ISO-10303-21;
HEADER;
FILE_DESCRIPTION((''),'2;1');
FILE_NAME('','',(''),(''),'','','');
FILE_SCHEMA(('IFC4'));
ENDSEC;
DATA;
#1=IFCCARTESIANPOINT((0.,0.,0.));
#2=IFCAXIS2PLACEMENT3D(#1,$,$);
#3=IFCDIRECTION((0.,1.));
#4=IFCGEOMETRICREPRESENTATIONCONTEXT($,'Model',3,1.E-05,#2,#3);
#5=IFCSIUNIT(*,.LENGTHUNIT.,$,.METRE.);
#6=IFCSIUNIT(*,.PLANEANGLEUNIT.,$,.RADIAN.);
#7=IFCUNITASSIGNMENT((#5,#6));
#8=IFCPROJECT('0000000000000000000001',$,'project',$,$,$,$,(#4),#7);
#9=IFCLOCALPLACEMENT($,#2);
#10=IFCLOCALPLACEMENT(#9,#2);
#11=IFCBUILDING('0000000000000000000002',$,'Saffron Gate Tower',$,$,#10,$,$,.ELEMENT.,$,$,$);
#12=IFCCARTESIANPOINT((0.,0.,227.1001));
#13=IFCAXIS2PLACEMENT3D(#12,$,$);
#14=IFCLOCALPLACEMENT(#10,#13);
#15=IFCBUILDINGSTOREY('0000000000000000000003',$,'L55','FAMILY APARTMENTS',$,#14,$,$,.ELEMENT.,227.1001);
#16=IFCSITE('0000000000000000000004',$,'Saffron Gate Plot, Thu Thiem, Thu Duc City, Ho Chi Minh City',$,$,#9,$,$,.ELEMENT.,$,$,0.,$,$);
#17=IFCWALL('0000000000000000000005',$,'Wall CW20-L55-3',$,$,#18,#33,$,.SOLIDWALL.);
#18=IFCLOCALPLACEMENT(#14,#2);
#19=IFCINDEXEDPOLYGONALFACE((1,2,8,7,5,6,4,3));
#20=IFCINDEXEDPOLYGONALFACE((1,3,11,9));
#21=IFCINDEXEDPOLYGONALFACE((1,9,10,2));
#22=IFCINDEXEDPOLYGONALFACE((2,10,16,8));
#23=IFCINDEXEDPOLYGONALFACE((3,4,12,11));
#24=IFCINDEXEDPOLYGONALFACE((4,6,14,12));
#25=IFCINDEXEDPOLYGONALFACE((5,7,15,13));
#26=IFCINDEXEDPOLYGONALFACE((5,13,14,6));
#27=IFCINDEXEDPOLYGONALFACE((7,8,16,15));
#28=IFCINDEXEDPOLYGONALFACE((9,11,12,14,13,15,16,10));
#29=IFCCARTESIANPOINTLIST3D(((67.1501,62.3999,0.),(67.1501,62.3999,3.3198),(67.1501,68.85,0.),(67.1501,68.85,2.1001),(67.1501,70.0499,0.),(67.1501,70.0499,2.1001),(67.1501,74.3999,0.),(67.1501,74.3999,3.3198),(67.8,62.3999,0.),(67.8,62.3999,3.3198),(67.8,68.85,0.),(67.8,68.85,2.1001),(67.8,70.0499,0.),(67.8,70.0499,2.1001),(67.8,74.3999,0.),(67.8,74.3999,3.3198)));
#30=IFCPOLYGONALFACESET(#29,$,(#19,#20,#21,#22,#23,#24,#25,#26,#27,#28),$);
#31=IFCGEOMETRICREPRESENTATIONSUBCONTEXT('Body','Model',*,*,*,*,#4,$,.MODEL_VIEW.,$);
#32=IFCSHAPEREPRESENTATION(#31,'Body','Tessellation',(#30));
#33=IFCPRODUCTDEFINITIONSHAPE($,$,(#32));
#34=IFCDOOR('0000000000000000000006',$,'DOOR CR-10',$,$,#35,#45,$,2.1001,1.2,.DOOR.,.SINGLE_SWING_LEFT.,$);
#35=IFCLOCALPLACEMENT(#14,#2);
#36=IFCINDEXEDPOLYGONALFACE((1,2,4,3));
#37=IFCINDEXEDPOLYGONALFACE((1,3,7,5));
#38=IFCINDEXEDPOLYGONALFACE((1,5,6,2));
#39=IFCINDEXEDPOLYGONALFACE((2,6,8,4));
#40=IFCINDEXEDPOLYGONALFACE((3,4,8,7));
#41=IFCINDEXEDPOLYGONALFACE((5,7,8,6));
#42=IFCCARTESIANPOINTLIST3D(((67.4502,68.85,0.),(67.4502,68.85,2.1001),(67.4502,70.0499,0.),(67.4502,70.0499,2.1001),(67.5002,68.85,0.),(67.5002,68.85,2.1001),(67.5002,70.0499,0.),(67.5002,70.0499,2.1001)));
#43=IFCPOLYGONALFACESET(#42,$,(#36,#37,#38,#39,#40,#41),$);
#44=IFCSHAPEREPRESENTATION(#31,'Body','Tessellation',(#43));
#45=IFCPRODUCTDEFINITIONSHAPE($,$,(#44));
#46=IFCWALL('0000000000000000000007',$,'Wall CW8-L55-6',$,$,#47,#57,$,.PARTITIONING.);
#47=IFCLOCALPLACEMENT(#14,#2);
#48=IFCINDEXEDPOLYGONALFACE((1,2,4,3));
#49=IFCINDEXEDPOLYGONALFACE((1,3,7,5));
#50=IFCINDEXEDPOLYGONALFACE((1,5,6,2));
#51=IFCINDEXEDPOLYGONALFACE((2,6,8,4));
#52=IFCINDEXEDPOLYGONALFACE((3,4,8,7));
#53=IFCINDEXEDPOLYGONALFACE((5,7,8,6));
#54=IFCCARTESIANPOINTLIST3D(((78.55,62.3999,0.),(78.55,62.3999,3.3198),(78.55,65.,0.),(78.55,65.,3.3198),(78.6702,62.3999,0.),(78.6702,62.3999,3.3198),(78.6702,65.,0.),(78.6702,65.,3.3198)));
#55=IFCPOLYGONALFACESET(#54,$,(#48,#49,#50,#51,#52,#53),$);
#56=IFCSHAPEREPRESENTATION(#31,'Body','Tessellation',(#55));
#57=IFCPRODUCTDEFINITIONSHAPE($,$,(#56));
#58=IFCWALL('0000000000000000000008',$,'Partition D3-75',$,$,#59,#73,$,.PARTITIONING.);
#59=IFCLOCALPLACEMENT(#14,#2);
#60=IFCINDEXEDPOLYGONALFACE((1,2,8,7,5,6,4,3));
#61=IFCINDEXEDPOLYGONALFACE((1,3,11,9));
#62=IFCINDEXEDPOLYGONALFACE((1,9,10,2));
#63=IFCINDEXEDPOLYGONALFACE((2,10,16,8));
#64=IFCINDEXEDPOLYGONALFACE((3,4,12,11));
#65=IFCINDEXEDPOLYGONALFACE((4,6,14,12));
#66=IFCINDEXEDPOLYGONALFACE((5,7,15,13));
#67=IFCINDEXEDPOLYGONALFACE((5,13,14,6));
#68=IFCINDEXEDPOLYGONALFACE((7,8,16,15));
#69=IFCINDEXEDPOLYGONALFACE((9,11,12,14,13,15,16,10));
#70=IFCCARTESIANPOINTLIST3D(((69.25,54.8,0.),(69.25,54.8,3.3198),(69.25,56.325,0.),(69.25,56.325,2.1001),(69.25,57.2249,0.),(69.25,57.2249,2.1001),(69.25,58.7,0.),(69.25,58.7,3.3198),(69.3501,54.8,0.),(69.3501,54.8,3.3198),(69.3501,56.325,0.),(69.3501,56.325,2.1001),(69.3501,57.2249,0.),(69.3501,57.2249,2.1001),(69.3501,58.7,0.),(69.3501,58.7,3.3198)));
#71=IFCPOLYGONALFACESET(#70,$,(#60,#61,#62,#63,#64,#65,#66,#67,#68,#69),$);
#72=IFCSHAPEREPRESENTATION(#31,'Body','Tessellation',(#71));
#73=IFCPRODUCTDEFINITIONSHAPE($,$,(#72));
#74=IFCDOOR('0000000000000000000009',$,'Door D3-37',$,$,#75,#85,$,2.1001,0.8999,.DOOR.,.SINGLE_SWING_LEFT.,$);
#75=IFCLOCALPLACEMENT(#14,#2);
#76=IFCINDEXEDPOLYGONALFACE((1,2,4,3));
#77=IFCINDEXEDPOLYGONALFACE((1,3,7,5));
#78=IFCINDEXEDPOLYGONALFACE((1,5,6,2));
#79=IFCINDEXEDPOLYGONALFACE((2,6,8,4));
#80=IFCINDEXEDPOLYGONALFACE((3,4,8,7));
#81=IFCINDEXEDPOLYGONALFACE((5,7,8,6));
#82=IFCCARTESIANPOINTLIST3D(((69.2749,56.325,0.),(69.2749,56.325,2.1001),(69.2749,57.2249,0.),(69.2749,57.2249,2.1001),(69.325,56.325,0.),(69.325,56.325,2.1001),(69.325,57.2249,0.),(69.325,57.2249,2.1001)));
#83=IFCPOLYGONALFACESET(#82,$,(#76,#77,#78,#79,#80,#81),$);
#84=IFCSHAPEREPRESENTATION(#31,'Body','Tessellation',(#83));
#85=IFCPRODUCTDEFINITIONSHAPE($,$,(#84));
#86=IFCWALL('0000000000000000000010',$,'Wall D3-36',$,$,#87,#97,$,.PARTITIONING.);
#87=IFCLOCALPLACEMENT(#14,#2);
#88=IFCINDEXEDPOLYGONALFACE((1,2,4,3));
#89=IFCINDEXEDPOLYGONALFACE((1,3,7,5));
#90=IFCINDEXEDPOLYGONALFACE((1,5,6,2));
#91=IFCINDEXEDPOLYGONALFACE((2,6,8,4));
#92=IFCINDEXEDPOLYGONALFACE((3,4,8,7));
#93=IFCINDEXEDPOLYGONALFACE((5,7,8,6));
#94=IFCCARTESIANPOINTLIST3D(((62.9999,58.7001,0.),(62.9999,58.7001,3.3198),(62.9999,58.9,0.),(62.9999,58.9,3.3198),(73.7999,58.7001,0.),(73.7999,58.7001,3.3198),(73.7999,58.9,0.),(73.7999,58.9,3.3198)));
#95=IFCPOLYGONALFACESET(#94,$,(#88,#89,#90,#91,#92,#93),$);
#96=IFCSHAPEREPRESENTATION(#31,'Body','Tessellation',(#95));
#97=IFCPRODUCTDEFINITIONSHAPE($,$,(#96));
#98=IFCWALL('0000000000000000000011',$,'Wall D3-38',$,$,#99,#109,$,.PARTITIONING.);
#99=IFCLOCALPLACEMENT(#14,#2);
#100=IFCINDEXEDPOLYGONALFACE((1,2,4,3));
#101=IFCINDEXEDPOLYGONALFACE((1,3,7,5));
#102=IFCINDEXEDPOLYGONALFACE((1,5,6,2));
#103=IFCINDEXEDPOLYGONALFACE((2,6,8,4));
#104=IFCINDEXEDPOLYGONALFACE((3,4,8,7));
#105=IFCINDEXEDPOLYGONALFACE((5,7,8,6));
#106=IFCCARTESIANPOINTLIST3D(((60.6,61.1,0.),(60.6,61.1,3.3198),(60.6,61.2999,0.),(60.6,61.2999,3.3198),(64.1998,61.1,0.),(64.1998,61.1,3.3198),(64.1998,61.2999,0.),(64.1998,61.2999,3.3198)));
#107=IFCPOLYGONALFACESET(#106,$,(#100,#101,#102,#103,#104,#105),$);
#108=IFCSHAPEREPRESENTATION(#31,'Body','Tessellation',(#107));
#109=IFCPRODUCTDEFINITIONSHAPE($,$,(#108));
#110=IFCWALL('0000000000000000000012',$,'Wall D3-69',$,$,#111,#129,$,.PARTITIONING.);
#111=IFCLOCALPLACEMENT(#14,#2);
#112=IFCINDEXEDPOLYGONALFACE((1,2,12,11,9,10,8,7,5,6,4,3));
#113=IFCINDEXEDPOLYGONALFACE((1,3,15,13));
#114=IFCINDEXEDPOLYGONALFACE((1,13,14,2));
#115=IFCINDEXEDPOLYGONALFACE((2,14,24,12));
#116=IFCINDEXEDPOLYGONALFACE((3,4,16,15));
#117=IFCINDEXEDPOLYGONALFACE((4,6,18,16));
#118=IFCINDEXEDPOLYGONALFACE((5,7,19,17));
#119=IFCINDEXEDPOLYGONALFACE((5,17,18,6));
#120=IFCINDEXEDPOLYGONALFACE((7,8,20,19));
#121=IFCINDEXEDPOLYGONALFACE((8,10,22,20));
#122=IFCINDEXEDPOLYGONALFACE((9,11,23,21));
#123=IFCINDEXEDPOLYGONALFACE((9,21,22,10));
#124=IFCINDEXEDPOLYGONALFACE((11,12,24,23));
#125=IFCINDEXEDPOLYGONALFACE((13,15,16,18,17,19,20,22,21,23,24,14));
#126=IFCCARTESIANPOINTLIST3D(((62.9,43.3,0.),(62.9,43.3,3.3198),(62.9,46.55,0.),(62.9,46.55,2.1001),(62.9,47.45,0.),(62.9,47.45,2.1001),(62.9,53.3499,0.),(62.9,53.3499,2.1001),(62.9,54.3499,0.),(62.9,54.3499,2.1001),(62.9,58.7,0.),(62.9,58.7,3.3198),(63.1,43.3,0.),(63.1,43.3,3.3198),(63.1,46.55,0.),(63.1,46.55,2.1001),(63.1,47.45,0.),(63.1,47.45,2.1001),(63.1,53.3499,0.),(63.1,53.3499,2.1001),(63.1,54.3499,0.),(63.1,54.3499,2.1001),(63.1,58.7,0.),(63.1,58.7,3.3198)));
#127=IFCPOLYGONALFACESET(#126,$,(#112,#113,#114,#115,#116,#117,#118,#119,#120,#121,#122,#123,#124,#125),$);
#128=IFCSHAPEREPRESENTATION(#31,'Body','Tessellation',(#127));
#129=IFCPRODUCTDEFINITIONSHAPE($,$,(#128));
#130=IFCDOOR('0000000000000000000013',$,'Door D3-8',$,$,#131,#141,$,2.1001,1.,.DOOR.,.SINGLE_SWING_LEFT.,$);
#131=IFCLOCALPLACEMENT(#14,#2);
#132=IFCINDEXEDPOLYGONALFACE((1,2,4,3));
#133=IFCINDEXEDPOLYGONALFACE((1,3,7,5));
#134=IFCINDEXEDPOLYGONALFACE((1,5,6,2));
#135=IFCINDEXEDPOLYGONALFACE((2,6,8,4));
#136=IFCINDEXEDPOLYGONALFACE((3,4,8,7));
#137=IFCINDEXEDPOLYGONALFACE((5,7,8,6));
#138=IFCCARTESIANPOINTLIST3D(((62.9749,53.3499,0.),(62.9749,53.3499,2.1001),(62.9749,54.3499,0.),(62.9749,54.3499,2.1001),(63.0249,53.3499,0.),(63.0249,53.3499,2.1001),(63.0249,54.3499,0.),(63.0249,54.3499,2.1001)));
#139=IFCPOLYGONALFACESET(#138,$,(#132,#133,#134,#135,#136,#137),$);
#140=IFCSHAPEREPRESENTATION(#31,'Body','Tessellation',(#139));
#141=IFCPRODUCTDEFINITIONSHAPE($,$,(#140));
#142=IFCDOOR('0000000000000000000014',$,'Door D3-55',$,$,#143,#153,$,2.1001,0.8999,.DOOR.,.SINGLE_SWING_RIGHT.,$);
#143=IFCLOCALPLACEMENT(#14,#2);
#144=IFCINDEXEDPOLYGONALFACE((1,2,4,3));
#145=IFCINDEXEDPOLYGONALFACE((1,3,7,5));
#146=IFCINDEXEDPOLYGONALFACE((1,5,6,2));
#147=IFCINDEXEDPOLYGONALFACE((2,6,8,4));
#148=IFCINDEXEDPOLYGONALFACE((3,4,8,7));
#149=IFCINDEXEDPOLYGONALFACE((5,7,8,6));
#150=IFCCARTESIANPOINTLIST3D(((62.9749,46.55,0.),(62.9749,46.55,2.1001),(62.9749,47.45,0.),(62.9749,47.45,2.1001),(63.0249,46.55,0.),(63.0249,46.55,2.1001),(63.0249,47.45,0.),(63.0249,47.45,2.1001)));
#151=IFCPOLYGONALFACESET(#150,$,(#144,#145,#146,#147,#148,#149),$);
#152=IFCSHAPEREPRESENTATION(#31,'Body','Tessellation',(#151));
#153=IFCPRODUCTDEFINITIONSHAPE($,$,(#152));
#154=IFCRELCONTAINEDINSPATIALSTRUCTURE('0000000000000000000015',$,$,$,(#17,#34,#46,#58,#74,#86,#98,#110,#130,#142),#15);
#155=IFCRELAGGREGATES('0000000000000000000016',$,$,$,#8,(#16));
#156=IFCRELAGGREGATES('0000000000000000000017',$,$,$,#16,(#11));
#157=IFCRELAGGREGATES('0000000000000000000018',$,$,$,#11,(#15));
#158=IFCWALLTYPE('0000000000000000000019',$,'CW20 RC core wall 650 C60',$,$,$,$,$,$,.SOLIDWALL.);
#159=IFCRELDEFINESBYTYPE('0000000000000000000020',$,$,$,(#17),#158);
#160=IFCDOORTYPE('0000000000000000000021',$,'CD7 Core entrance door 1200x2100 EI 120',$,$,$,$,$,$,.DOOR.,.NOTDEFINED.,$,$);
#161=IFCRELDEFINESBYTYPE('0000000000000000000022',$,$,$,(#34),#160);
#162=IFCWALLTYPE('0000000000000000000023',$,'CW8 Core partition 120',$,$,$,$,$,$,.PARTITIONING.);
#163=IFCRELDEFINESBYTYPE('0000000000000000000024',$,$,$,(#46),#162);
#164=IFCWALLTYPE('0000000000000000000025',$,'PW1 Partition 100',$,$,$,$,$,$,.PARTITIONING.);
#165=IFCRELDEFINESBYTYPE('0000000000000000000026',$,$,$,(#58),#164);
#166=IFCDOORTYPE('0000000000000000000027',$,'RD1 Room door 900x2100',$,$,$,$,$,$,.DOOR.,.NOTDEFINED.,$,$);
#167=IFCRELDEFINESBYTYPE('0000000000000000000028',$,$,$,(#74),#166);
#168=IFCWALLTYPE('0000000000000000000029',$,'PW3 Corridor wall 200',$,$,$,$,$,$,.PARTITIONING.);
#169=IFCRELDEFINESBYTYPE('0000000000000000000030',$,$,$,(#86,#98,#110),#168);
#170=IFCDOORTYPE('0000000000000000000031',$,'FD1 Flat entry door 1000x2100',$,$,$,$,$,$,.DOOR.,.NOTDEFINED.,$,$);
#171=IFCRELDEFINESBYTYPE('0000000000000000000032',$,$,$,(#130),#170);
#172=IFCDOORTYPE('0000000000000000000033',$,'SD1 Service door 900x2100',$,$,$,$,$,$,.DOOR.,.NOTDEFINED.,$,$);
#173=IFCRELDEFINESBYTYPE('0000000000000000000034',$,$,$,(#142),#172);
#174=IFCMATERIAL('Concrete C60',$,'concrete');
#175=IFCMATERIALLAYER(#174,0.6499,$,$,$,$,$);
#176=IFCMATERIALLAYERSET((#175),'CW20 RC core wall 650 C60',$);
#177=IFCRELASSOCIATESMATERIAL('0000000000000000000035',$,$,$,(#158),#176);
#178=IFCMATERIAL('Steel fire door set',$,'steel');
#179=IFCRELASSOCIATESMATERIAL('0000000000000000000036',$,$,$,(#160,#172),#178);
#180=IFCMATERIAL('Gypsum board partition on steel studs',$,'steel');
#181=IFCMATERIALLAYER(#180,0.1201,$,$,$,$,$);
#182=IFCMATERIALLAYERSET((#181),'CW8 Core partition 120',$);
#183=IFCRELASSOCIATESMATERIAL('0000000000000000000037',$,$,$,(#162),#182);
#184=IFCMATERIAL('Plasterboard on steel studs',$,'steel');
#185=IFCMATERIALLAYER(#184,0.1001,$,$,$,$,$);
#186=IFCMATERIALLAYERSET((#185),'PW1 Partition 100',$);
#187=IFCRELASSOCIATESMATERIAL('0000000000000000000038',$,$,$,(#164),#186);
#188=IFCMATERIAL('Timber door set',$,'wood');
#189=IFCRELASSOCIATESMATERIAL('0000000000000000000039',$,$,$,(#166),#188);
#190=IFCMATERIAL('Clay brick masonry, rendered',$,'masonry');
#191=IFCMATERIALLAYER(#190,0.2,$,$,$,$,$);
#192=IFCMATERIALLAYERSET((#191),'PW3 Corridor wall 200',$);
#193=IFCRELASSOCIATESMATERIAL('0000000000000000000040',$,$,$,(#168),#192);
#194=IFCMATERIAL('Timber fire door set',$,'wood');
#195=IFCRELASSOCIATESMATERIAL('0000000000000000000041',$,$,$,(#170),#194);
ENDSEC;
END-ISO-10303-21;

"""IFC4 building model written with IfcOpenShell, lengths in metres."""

from ifc_helpers import new_model, si_unit, direction, frame, frame_2d, origin, place, context, subcontext, project, spatial, rectangle, extrude, material, layer, layer_set, type_object, element, fill, save


model = new_model("IFC4")

# Units and contexts
model_context = context("Model", 3, precision=1e-05, world=origin(), true_north=direction((0.0, 1.0)))
body_context = subcontext(model_context, "Body", "Model", "MODEL_VIEW")
ifc_project = project(units=[si_unit("LENGTHUNIT", "METRE"), si_unit("PLANEANGLEUNIT", "RADIAN")], contexts=[model_context])

# Site, building, storey
site_placement = place(None, origin())
site = spatial("IfcSite", under=ifc_project, at=site_placement, Name="Saffron Gate Plot, Thu Thiem, Thu Duc City, Ho Chi Minh City", CompositionType="ELEMENT", RefElevation=0.0)
building_placement = place(site_placement, origin())
building = spatial("IfcBuilding", under=site, at=building_placement, Name="Saffron Gate Tower", CompositionType="ELEMENT")
storey_placement = place(building_placement, frame((0.0, 0.0, 227.1001)))
storey = spatial("IfcBuildingStorey", under=building, at=storey_placement, Name="L55", Description="FAMILY APARTMENTS", CompositionType="ELEMENT", Elevation=227.1001)

# Shared definitions
ifc_material_1 = material(Name="Concrete C60", Category="concrete")

# Shared definitions
ifc_material_2 = material(Name="Steel fire door set", Category="steel")

# Wall, opening, door
ifc_layer_1 = layer(ifc_material_1, 0.6499)
ifc_layer_set_1 = layer_set([ifc_layer_1], Name="CW20 RC core wall 650 C60")
wall_type_1 = type_object("IfcWallType", Name="CW20 RC core wall 650 C60", PredefinedType="SOLIDWALL", material=ifc_layer_set_1)
wall_1_placement = place(storey_placement, frame((67.4751, 62.3999, 0.0), z_axis=(0.0, 0.0, 1.0), x_axis=(0.0, 1.0, 0.0)))
wall_1 = element("IfcWall", 1, at=wall_1_placement, inside=storey, type_object=wall_type_1, Name="Wall CW20-L55-3", PredefinedType="SOLIDWALL", context=body_context, shape_type="SweptSolid", body=[
    extrude(rectangle(XDim=12.0, YDim=0.6499, at=frame_2d((6.0, 0.0))), origin(), (0.0, 0.0, 1.0), 3.3198),
])
opening_1_placement = place(wall_1_placement, frame((6.45, 0.0, 0.0)))
opening_1 = element("IfcOpeningElement", 2, at=opening_1_placement, cuts=wall_1, PredefinedType="OPENING", context=body_context, shape_type="SweptSolid", body=[
    extrude(rectangle(XDim=1.2, YDim=2.1001, at=frame_2d((0.6001, 1.05))), frame((0.0, 0.335, 0.0), z_axis=(0.0, -1.0, 0.0), x_axis=(1.0, 0.0, 0.0)), (0.0, 0.0, 1.0), 0.6699),
])
door_type_1 = type_object("IfcDoorType", Name="CD7 Core entrance door 1200x2100 EI 120", OperationType="NOTDEFINED", PredefinedType="DOOR", material=ifc_material_2)
door_1_placement = place(opening_1_placement, origin())
door_1 = element("IfcDoor", 3, at=door_1_placement, inside=storey, type_object=door_type_1, Name="DOOR CR-10", OperationType="SINGLE_SWING_LEFT", OverallHeight=2.1001, OverallWidth=1.2, PredefinedType="DOOR", context=body_context, shape_type="SweptSolid", body=[
    extrude(rectangle(XDim=1.2, YDim=2.1001, at=frame_2d((0.6001, 1.05))), frame((0.0, 0.0249, 0.0), z_axis=(0.0, -1.0, 0.0), x_axis=(1.0, 0.0, 0.0)), (0.0, 0.0, 1.0), 0.05),
])
fill(opening_1, door_1)

# Wall
ifc_material_3 = material(Name="Gypsum board partition on steel studs", Category="steel")
ifc_layer_2 = layer(ifc_material_3, 0.1201)
ifc_layer_set_2 = layer_set([ifc_layer_2], Name="CW8 Core partition 120")
wall_type_2 = type_object("IfcWallType", Name="CW8 Core partition 120", PredefinedType="PARTITIONING", material=ifc_layer_set_2)
wall_2_placement = place(storey_placement, frame((78.6101, 62.3999, 0.0), z_axis=(0.0, 0.0, 1.0), x_axis=(0.0, 1.0, 0.0)))
element("IfcWall", 4, at=wall_2_placement, inside=storey, type_object=wall_type_2, Name="Wall CW8-L55-6", PredefinedType="PARTITIONING", context=body_context, shape_type="SweptSolid", body=[
    extrude(rectangle(XDim=2.6001, YDim=0.1201, at=frame_2d((1.3, 0.0))), origin(), (0.0, 0.0, 1.0), 3.3198),
])

# Wall, opening, door
ifc_material_4 = material(Name="Plasterboard on steel studs", Category="steel")
ifc_layer_3 = layer(ifc_material_4, 0.1001)
ifc_layer_set_3 = layer_set([ifc_layer_3], Name="PW1 Partition 100")
wall_type_3 = type_object("IfcWallType", Name="PW1 Partition 100", PredefinedType="PARTITIONING", material=ifc_layer_set_3)
wall_3_placement = place(storey_placement, frame((69.3, 58.7, 0.0), z_axis=(0.0, 0.0, 1.0), x_axis=(0.0, -1.0, 0.0)))
wall_3 = element("IfcWall", 5, at=wall_3_placement, inside=storey, type_object=wall_type_3, Name="Partition D3-75", PredefinedType="PARTITIONING", context=body_context, shape_type="SweptSolid", body=[
    extrude(rectangle(XDim=3.8999, YDim=0.1001, at=frame_2d((1.95, 0.0))), origin(), (0.0, 0.0, 1.0), 3.3198),
])
opening_2_placement = place(wall_3_placement, frame((1.4751, 0.0, 0.0)))
opening_2 = element("IfcOpeningElement", 6, at=opening_2_placement, cuts=wall_3, PredefinedType="OPENING", context=body_context, shape_type="SweptSolid", body=[
    extrude(rectangle(XDim=0.8999, YDim=2.1001, at=frame_2d((0.45, 1.05))), frame((0.0, 0.0601, 0.0), z_axis=(0.0, -1.0, 0.0), x_axis=(1.0, 0.0, 0.0)), (0.0, 0.0, 1.0), 0.1201),
])
ifc_material_5 = material(Name="Timber door set", Category="wood")
door_type_2 = type_object("IfcDoorType", Name="RD1 Room door 900x2100", OperationType="NOTDEFINED", PredefinedType="DOOR", material=ifc_material_5)
door_2_placement = place(opening_2_placement, origin())
door_2 = element("IfcDoor", 7, at=door_2_placement, inside=storey, type_object=door_type_2, Name="Door D3-37", OperationType="SINGLE_SWING_LEFT", OverallHeight=2.1001, OverallWidth=0.8999, PredefinedType="DOOR", context=body_context, shape_type="SweptSolid", body=[
    extrude(rectangle(XDim=0.8999, YDim=2.1001, at=frame_2d((0.45, 1.05))), frame((0.0, 0.0249, 0.0), z_axis=(0.0, -1.0, 0.0), x_axis=(1.0, 0.0, 0.0)), (0.0, 0.0, 1.0), 0.05),
])
fill(opening_2, door_2)

# Walls
ifc_material_6 = material(Name="Clay brick masonry, rendered", Category="masonry")
ifc_layer_4 = layer(ifc_material_6, 0.2)
ifc_layer_set_4 = layer_set([ifc_layer_4], Name="PW3 Corridor wall 200")
wall_type_4 = type_object("IfcWallType", Name="PW3 Corridor wall 200", PredefinedType="PARTITIONING", material=ifc_layer_set_4)
wall_4_placement = place(storey_placement, frame((63.0, 58.8, 0.0), z_axis=(0.0, 0.0, 1.0), x_axis=(1.0, 0.0, 0.0)))
element("IfcWall", 8, at=wall_4_placement, inside=storey, type_object=wall_type_4, Name="Wall D3-36", PredefinedType="PARTITIONING", context=body_context, shape_type="SweptSolid", body=[
    extrude(rectangle(XDim=10.8, YDim=0.2, at=frame_2d((5.3999, 0.0))), origin(), (0.0, 0.0, 1.0), 3.3198),
])
wall_5_placement = place(storey_placement, frame((60.6001, 61.2, 0.0), z_axis=(0.0, 0.0, 1.0), x_axis=(1.0, 0.0, 0.0)))
element("IfcWall", 9, at=wall_5_placement, inside=storey, type_object=wall_type_4, Name="Wall D3-38", PredefinedType="PARTITIONING", context=body_context, shape_type="SweptSolid", body=[
    extrude(rectangle(XDim=3.5999, YDim=0.2, at=frame_2d((1.7998, 0.0))), origin(), (0.0, 0.0, 1.0), 3.3198),
])

# Wall, openings, doors
wall_6_placement = place(storey_placement, frame((63.0, 58.7, 0.0), z_axis=(0.0, 0.0, 1.0), x_axis=(0.0, -1.0, 0.0)))
wall_6 = element("IfcWall", 10, at=wall_6_placement, inside=storey, type_object=wall_type_4, Name="Wall D3-69", PredefinedType="PARTITIONING", context=body_context, shape_type="SweptSolid", body=[
    extrude(rectangle(XDim=15.3999, YDim=0.2, at=frame_2d((7.7, 0.0))), origin(), (0.0, 0.0, 1.0), 3.3198),
])
opening_3_placement = place(wall_6_placement, frame((4.3501, 0.0, 0.0)))
opening_3 = element("IfcOpeningElement", 11, at=opening_3_placement, cuts=wall_6, PredefinedType="OPENING", context=body_context, shape_type="SweptSolid", body=[
    extrude(rectangle(XDim=1.0, YDim=2.1001, at=frame_2d((0.5, 1.05))), frame((0.0, 0.1099, 0.0), z_axis=(0.0, -1.0, 0.0), x_axis=(1.0, 0.0, 0.0)), (0.0, 0.0, 1.0), 0.22),
])
opening_4_placement = place(wall_6_placement, frame((11.25, 0.0, 0.0)))
opening_4 = element("IfcOpeningElement", 12, at=opening_4_placement, cuts=wall_6, PredefinedType="OPENING", context=body_context, shape_type="SweptSolid", body=[
    extrude(rectangle(XDim=0.8999, YDim=2.1001, at=frame_2d((0.45, 1.05))), frame((0.0, 0.1099, 0.0), z_axis=(0.0, -1.0, 0.0), x_axis=(1.0, 0.0, 0.0)), (0.0, 0.0, 1.0), 0.22),
])
ifc_material_7 = material(Name="Timber fire door set", Category="wood")
door_type_3 = type_object("IfcDoorType", Name="FD1 Flat entry door 1000x2100", OperationType="NOTDEFINED", PredefinedType="DOOR", material=ifc_material_7)
door_3_placement = place(opening_3_placement, origin())
door_3 = element("IfcDoor", 13, at=door_3_placement, inside=storey, type_object=door_type_3, Name="Door D3-8", OperationType="SINGLE_SWING_LEFT", OverallHeight=2.1001, OverallWidth=1.0, PredefinedType="DOOR", context=body_context, shape_type="SweptSolid", body=[
    extrude(rectangle(XDim=1.0, YDim=2.1001, at=frame_2d((0.5, 1.05))), frame((0.0, 0.0249, 0.0), z_axis=(0.0, -1.0, 0.0), x_axis=(1.0, 0.0, 0.0)), (0.0, 0.0, 1.0), 0.05),
])
fill(opening_3, door_3)
door_type_4 = type_object("IfcDoorType", Name="SD1 Service door 900x2100", OperationType="NOTDEFINED", PredefinedType="DOOR", material=ifc_material_2)
door_4_placement = place(opening_4_placement, origin())
door_4 = element("IfcDoor", 14, at=door_4_placement, inside=storey, type_object=door_type_4, Name="Door D3-55", OperationType="SINGLE_SWING_RIGHT", OverallHeight=2.1001, OverallWidth=0.8999, PredefinedType="DOOR", context=body_context, shape_type="SweptSolid", body=[
    extrude(rectangle(XDim=0.8999, YDim=2.1001, at=frame_2d((0.45, 1.05))), frame((0.0, 0.0249, 0.0), z_axis=(0.0, -1.0, 0.0), x_axis=(1.0, 0.0, 0.0)), (0.0, 0.0, 1.0), 0.05),
])
fill(opening_4, door_4)

save(model, "model.ifc")
